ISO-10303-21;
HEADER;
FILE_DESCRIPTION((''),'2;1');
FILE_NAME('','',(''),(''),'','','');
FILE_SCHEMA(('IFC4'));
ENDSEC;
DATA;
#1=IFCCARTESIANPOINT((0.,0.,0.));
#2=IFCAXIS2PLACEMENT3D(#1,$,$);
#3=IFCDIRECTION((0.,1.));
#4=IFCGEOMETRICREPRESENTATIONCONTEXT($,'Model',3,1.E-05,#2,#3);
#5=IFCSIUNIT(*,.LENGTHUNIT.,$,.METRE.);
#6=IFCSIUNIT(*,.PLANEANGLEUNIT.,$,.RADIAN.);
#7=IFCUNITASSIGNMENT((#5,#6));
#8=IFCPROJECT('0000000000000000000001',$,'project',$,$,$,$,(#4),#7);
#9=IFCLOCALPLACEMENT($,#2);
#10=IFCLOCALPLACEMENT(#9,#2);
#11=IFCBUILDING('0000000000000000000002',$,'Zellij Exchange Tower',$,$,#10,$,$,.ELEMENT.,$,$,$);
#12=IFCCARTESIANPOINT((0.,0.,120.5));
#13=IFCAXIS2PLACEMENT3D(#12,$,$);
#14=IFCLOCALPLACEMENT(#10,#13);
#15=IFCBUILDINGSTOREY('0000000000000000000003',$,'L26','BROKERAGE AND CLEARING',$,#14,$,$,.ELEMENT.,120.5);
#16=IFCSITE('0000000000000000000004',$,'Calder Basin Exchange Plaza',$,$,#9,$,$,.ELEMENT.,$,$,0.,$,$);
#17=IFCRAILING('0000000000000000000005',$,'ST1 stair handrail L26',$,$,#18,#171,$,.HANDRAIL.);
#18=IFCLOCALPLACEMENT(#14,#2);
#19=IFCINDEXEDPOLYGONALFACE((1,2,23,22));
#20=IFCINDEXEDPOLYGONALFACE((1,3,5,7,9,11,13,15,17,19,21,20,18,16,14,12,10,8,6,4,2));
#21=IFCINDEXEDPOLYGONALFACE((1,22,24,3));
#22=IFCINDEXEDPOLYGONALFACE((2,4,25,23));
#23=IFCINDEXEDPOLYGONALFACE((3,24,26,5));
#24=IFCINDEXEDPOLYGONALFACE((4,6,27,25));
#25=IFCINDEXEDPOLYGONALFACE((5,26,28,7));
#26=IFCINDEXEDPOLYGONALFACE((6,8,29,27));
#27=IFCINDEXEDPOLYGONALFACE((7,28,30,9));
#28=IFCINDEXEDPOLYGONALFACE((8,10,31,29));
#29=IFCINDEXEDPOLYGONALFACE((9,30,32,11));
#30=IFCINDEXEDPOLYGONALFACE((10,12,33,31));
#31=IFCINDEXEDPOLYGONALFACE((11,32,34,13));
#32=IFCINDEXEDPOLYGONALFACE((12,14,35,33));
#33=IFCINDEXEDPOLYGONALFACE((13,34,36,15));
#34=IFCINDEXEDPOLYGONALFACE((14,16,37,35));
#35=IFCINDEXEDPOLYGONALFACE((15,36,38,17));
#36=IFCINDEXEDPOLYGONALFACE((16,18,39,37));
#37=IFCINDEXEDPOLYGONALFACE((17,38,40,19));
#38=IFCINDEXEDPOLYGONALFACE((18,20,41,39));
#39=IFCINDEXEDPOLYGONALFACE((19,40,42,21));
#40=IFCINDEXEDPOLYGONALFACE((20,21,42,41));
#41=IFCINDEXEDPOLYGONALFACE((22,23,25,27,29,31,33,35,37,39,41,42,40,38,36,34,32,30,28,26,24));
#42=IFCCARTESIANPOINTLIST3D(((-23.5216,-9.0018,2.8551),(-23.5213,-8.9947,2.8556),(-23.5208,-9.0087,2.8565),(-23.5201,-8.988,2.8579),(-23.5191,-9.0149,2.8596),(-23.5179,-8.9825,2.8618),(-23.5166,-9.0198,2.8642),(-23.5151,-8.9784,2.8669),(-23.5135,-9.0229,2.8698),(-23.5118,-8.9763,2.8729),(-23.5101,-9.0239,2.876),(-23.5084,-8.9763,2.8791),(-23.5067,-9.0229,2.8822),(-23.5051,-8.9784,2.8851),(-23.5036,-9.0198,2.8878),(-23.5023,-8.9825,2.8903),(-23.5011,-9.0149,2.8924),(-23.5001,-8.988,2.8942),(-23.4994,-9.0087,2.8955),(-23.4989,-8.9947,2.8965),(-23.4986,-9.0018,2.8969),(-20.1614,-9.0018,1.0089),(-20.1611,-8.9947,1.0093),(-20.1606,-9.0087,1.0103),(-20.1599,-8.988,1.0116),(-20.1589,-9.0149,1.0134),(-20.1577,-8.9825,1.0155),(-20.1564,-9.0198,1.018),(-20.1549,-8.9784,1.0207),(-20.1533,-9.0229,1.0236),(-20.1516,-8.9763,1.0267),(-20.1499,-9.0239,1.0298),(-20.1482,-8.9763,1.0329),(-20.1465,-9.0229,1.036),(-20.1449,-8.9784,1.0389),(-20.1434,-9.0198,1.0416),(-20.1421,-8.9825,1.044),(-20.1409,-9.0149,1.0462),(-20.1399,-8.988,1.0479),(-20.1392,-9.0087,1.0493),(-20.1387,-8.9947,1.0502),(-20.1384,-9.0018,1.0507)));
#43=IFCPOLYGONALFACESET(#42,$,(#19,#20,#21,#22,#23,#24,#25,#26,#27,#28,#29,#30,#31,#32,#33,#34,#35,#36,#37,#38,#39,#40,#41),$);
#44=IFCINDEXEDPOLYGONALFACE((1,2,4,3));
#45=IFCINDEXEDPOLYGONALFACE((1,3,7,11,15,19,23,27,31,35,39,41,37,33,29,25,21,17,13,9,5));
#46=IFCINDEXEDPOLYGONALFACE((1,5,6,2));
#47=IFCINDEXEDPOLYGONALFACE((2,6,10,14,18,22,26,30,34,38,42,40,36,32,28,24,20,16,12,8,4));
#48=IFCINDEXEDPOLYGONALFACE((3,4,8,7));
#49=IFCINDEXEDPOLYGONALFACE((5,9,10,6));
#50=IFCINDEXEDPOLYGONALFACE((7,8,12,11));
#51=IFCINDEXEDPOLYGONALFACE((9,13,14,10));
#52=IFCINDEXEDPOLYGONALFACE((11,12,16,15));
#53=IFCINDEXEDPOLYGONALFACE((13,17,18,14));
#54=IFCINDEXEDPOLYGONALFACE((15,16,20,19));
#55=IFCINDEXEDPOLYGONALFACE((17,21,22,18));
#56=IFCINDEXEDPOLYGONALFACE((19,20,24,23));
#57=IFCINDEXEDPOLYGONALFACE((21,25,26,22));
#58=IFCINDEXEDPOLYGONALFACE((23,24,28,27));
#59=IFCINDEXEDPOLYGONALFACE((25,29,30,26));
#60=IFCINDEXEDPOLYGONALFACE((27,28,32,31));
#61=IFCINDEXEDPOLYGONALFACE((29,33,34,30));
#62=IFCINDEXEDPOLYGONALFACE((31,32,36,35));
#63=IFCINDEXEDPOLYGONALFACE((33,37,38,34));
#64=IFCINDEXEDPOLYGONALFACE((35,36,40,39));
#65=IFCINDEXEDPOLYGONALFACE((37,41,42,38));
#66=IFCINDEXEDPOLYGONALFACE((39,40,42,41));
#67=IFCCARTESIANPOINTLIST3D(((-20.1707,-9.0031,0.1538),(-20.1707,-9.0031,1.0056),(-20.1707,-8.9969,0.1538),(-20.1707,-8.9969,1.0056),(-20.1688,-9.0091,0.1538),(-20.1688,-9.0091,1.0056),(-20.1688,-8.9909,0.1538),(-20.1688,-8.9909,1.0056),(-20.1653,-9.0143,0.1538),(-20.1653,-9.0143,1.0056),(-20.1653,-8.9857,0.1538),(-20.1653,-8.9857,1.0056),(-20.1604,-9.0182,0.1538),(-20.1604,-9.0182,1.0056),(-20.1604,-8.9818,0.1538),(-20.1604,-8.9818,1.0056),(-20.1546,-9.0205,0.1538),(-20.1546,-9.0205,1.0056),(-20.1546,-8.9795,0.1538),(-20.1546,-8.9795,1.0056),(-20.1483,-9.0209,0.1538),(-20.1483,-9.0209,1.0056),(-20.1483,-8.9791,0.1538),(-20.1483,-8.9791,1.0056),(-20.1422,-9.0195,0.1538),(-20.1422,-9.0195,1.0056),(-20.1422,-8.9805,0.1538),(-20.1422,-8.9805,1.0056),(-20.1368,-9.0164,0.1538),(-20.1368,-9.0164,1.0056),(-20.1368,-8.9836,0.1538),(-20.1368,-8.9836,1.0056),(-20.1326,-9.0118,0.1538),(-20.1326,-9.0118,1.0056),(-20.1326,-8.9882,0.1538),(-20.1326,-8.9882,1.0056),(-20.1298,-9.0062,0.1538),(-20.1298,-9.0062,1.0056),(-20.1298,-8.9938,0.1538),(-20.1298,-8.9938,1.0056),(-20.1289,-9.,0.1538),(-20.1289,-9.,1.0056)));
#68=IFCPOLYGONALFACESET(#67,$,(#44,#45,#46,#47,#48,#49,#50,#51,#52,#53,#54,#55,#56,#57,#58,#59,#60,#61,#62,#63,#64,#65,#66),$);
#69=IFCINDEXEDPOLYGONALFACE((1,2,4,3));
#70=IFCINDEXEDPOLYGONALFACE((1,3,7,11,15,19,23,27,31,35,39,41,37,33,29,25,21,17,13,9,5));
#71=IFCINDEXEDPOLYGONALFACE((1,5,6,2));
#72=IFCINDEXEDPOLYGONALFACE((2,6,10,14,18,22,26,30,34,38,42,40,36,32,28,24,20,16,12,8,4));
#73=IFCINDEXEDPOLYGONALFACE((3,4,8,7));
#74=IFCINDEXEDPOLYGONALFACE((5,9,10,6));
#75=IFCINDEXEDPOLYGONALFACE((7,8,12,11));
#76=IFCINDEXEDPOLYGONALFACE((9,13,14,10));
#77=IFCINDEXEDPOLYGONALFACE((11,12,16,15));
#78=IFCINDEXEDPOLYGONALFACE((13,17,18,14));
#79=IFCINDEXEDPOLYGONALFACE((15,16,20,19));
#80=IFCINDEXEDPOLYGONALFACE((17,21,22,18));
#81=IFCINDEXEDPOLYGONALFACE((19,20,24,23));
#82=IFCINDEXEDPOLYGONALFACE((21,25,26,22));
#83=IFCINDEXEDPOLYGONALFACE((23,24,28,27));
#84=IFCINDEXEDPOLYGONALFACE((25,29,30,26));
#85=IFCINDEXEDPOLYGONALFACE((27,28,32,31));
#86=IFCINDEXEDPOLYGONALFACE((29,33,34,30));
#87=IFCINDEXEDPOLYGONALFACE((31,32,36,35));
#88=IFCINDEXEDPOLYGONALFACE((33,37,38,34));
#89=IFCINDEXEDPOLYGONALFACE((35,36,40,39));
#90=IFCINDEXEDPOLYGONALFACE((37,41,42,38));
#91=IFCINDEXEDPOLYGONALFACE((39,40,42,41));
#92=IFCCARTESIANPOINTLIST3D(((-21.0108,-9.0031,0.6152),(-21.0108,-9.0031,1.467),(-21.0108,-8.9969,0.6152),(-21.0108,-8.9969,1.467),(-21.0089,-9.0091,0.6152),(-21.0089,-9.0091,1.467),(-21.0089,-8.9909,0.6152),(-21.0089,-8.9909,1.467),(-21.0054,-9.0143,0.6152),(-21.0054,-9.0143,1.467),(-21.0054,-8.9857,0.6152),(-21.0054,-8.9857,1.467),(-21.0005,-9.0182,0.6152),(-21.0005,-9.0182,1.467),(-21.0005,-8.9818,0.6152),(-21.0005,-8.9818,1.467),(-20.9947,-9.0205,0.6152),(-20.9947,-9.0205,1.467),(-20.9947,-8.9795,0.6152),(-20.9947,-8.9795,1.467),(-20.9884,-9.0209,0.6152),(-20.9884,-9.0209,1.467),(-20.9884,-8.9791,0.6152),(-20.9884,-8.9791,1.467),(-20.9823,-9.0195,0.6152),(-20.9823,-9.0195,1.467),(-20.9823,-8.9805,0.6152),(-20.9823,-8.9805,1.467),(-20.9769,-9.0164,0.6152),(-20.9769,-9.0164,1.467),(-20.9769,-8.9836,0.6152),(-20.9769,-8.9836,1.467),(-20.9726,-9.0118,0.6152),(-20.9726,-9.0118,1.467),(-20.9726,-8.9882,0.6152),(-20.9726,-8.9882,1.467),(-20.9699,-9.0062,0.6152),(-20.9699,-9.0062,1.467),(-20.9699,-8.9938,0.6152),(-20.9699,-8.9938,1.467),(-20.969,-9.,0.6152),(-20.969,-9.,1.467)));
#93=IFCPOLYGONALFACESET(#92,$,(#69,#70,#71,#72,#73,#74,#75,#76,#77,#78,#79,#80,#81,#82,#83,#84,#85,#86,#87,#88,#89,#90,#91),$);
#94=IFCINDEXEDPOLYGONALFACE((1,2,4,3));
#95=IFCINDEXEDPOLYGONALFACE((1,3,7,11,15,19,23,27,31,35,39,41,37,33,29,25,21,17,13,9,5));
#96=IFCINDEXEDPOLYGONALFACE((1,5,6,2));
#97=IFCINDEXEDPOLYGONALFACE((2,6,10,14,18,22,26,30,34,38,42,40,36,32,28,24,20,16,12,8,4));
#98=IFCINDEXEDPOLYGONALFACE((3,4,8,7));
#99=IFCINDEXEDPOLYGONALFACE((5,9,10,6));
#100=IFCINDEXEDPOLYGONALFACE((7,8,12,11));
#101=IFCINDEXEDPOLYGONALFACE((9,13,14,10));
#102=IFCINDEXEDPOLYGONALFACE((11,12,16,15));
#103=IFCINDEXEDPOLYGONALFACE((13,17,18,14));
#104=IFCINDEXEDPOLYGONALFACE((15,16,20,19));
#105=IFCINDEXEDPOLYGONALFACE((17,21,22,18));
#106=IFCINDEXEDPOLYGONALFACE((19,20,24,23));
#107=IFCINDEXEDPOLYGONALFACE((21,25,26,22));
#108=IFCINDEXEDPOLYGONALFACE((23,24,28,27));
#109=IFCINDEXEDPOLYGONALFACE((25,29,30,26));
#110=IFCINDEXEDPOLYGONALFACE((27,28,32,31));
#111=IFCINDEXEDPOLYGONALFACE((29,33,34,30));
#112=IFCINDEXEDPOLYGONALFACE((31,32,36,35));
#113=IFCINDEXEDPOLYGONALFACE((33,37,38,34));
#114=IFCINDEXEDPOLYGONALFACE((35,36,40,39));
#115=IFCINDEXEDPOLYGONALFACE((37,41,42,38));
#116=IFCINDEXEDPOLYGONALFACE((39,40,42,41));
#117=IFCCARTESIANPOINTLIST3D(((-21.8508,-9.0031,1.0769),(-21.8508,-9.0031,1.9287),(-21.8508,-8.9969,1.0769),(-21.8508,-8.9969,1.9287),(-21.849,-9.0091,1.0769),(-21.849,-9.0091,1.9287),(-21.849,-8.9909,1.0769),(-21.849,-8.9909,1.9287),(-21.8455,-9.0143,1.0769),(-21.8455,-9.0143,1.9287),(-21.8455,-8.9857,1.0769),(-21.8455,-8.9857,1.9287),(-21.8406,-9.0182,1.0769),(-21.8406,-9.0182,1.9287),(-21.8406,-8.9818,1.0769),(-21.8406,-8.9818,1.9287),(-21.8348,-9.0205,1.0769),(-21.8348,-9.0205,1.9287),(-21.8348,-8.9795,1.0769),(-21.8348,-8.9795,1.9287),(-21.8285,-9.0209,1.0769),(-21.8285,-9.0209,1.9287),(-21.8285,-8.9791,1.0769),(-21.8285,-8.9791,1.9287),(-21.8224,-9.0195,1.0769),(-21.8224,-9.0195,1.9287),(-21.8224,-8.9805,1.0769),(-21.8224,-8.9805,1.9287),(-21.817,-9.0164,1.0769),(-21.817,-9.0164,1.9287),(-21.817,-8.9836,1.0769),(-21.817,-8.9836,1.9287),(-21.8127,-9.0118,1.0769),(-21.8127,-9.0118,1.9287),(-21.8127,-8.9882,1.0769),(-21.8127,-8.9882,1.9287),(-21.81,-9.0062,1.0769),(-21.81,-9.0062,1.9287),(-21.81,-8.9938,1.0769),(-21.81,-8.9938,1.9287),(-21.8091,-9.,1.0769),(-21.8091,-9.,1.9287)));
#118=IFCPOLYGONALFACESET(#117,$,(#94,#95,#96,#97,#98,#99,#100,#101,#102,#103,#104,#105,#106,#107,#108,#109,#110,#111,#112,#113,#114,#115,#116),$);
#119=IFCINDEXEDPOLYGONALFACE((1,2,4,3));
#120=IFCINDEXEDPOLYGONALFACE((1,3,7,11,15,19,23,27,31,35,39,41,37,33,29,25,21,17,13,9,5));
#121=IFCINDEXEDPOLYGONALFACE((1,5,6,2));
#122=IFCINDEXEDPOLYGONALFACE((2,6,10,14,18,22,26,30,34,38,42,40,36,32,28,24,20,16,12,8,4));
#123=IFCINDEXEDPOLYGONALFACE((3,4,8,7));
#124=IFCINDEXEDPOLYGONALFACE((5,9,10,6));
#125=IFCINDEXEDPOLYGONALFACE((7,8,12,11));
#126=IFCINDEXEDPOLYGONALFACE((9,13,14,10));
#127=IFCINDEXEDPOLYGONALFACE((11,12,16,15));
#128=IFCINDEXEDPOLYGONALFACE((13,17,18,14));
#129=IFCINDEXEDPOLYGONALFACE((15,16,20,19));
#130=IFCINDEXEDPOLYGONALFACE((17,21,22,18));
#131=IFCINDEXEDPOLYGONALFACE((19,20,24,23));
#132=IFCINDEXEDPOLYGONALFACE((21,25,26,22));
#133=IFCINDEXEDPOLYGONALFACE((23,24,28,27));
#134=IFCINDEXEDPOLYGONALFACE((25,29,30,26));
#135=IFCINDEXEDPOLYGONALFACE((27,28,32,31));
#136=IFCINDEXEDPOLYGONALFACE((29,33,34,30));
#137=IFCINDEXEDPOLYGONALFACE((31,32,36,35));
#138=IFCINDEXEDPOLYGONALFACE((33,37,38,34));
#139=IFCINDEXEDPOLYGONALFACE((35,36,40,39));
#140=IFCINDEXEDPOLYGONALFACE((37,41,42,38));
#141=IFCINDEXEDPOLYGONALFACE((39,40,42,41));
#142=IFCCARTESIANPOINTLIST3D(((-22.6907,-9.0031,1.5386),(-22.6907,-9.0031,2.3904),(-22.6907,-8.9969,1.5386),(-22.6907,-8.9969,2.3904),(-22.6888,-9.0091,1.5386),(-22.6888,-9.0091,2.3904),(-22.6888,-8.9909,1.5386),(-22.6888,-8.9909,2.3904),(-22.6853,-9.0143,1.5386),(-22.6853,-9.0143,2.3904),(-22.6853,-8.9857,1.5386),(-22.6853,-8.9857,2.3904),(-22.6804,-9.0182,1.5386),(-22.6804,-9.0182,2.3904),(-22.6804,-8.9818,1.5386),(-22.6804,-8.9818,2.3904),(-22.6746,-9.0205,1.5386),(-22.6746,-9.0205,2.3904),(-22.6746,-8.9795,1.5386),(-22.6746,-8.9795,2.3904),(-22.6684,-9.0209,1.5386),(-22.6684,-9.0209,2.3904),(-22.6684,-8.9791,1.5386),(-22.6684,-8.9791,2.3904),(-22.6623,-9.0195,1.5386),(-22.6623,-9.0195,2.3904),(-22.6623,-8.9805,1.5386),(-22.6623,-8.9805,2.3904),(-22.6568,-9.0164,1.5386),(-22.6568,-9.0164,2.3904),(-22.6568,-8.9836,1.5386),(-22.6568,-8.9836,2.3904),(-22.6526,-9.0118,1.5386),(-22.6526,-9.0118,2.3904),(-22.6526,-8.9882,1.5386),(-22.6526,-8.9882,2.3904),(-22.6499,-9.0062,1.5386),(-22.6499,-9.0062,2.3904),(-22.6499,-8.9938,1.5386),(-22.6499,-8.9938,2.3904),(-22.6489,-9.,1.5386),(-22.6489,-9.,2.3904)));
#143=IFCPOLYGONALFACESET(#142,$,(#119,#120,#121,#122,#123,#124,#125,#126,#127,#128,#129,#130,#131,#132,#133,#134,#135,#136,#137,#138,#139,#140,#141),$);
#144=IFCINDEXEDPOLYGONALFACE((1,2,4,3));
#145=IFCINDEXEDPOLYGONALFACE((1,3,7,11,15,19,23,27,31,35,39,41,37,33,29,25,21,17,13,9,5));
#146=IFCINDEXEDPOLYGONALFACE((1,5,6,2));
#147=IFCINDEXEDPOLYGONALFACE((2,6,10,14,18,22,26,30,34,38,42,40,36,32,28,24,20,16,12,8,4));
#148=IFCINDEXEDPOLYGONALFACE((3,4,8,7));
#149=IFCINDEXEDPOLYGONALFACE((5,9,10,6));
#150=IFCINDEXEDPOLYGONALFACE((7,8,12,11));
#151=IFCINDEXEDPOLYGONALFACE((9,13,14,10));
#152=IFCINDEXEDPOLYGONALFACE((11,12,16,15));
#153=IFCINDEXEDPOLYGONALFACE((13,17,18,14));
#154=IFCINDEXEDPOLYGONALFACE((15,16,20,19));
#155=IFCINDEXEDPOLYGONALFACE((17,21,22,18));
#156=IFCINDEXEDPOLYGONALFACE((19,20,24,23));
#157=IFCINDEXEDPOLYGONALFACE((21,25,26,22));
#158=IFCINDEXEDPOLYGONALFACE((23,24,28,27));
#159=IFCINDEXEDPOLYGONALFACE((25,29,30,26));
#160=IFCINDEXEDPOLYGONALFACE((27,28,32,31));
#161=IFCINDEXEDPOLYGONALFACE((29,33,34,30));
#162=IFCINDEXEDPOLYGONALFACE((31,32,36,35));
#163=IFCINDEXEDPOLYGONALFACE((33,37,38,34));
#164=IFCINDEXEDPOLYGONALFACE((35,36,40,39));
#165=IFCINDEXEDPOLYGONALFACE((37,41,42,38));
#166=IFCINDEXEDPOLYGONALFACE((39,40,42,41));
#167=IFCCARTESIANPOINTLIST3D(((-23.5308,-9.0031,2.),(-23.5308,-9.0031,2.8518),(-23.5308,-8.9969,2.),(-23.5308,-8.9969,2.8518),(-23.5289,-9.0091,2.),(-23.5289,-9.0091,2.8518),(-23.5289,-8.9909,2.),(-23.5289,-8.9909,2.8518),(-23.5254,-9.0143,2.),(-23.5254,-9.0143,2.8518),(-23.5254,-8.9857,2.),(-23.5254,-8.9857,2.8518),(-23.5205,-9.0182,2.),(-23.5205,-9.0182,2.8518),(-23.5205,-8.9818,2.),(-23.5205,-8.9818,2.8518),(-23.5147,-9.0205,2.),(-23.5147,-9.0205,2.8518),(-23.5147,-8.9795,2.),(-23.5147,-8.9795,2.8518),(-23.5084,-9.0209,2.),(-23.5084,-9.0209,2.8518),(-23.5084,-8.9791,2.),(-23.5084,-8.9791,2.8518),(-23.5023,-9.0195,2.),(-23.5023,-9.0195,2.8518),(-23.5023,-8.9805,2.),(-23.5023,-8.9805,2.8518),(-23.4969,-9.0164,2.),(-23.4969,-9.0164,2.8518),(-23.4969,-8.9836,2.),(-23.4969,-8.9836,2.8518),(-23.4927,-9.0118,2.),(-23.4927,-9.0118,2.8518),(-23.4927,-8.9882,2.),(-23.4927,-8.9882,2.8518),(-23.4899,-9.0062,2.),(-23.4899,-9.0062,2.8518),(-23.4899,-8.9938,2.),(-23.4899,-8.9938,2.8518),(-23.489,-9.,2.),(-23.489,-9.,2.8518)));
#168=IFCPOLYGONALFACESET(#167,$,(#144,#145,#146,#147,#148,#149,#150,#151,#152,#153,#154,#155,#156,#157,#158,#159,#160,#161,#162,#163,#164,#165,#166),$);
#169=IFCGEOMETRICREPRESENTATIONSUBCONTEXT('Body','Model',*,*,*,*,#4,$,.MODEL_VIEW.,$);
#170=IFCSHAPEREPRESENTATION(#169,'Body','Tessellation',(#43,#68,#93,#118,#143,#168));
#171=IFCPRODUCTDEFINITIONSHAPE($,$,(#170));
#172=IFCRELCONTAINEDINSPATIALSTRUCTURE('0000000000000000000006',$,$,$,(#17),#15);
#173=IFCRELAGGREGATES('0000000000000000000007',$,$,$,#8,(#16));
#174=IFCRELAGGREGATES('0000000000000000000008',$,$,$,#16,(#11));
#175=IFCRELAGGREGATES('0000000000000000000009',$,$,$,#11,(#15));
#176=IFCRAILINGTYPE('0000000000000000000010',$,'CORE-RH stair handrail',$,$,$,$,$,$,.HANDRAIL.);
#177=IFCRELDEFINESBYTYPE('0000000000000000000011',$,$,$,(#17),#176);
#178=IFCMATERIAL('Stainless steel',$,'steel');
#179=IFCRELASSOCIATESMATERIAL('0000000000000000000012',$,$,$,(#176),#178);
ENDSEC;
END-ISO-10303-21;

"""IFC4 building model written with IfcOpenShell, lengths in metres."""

from ifc_helpers import new_model, si_unit, direction, frame, origin, origin_2d, place, context, subcontext, project, spatial, circle, extrude, material, type_object, element, save


model = new_model("IFC4")

# Units and contexts
model_context = context("Model", 3, precision=1e-05, world=origin(), true_north=direction((0.0, 1.0)))
body_context = subcontext(model_context, "Body", "Model", "MODEL_VIEW")
ifc_project = project(units=[si_unit("LENGTHUNIT", "METRE"), si_unit("PLANEANGLEUNIT", "RADIAN")], contexts=[model_context])

# Site, building, storey
site_placement = place(None, origin())
site = spatial("IfcSite", under=ifc_project, at=site_placement, Name="Calder Basin Exchange Plaza", CompositionType="ELEMENT", RefElevation=0.0)
building_placement = place(site_placement, origin())
building = spatial("IfcBuilding", under=site, at=building_placement, Name="Zellij Exchange Tower", CompositionType="ELEMENT")
storey_placement = place(building_placement, frame((0.0, 0.0, 120.5)))
storey = spatial("IfcBuildingStorey", under=building, at=storey_placement, Name="L26", Description="BROKERAGE AND CLEARING", CompositionType="ELEMENT", Elevation=120.5)

# Railing
ifc_material_1 = material(Name="Stainless steel", Category="steel")
railing_type_1 = type_object("IfcRailingType", Name="CORE-RH stair handrail", PredefinedType="HANDRAIL", material=ifc_material_1)
railing_1_placement = place(storey_placement, frame((-20.1499, -9.0, 0.1538)))
element("IfcRailing", 1, at=railing_1_placement, inside=storey, type_object=railing_type_1, Name="ST1 stair handrail L26", PredefinedType="HANDRAIL", context=body_context, shape_type="SweptSolid", body=[
    extrude(circle(Radius=0.0239, at=origin_2d()), frame((0.0, 0.0, 0.876), z_axis=(-0.876422, 0.0, 0.481545), x_axis=(0.0, -1.0, 0.0)), (0.0, 0.0, 1.0), 3.834),
    extrude(circle(Radius=0.021, at=origin_2d()), origin(), (0.0, 0.0, 1.0), 0.8518),
    extrude(circle(Radius=0.021, at=origin_2d()), frame((-0.8401, 0.0, 0.4614)), (0.0, 0.0, 1.0), 0.8518),
    extrude(circle(Radius=0.021, at=origin_2d()), frame((-1.6802, 0.0, 0.9231)), (0.0, 0.0, 1.0), 0.8518),
    extrude(circle(Radius=0.021, at=origin_2d()), frame((-2.52, 0.0, 1.3848)), (0.0, 0.0, 1.0), 0.8518),
    extrude(circle(Radius=0.021, at=origin_2d()), frame((-3.3601, 0.0, 1.8462)), (0.0, 0.0, 1.0), 0.8518),
])

save(model, "model.ifc")
